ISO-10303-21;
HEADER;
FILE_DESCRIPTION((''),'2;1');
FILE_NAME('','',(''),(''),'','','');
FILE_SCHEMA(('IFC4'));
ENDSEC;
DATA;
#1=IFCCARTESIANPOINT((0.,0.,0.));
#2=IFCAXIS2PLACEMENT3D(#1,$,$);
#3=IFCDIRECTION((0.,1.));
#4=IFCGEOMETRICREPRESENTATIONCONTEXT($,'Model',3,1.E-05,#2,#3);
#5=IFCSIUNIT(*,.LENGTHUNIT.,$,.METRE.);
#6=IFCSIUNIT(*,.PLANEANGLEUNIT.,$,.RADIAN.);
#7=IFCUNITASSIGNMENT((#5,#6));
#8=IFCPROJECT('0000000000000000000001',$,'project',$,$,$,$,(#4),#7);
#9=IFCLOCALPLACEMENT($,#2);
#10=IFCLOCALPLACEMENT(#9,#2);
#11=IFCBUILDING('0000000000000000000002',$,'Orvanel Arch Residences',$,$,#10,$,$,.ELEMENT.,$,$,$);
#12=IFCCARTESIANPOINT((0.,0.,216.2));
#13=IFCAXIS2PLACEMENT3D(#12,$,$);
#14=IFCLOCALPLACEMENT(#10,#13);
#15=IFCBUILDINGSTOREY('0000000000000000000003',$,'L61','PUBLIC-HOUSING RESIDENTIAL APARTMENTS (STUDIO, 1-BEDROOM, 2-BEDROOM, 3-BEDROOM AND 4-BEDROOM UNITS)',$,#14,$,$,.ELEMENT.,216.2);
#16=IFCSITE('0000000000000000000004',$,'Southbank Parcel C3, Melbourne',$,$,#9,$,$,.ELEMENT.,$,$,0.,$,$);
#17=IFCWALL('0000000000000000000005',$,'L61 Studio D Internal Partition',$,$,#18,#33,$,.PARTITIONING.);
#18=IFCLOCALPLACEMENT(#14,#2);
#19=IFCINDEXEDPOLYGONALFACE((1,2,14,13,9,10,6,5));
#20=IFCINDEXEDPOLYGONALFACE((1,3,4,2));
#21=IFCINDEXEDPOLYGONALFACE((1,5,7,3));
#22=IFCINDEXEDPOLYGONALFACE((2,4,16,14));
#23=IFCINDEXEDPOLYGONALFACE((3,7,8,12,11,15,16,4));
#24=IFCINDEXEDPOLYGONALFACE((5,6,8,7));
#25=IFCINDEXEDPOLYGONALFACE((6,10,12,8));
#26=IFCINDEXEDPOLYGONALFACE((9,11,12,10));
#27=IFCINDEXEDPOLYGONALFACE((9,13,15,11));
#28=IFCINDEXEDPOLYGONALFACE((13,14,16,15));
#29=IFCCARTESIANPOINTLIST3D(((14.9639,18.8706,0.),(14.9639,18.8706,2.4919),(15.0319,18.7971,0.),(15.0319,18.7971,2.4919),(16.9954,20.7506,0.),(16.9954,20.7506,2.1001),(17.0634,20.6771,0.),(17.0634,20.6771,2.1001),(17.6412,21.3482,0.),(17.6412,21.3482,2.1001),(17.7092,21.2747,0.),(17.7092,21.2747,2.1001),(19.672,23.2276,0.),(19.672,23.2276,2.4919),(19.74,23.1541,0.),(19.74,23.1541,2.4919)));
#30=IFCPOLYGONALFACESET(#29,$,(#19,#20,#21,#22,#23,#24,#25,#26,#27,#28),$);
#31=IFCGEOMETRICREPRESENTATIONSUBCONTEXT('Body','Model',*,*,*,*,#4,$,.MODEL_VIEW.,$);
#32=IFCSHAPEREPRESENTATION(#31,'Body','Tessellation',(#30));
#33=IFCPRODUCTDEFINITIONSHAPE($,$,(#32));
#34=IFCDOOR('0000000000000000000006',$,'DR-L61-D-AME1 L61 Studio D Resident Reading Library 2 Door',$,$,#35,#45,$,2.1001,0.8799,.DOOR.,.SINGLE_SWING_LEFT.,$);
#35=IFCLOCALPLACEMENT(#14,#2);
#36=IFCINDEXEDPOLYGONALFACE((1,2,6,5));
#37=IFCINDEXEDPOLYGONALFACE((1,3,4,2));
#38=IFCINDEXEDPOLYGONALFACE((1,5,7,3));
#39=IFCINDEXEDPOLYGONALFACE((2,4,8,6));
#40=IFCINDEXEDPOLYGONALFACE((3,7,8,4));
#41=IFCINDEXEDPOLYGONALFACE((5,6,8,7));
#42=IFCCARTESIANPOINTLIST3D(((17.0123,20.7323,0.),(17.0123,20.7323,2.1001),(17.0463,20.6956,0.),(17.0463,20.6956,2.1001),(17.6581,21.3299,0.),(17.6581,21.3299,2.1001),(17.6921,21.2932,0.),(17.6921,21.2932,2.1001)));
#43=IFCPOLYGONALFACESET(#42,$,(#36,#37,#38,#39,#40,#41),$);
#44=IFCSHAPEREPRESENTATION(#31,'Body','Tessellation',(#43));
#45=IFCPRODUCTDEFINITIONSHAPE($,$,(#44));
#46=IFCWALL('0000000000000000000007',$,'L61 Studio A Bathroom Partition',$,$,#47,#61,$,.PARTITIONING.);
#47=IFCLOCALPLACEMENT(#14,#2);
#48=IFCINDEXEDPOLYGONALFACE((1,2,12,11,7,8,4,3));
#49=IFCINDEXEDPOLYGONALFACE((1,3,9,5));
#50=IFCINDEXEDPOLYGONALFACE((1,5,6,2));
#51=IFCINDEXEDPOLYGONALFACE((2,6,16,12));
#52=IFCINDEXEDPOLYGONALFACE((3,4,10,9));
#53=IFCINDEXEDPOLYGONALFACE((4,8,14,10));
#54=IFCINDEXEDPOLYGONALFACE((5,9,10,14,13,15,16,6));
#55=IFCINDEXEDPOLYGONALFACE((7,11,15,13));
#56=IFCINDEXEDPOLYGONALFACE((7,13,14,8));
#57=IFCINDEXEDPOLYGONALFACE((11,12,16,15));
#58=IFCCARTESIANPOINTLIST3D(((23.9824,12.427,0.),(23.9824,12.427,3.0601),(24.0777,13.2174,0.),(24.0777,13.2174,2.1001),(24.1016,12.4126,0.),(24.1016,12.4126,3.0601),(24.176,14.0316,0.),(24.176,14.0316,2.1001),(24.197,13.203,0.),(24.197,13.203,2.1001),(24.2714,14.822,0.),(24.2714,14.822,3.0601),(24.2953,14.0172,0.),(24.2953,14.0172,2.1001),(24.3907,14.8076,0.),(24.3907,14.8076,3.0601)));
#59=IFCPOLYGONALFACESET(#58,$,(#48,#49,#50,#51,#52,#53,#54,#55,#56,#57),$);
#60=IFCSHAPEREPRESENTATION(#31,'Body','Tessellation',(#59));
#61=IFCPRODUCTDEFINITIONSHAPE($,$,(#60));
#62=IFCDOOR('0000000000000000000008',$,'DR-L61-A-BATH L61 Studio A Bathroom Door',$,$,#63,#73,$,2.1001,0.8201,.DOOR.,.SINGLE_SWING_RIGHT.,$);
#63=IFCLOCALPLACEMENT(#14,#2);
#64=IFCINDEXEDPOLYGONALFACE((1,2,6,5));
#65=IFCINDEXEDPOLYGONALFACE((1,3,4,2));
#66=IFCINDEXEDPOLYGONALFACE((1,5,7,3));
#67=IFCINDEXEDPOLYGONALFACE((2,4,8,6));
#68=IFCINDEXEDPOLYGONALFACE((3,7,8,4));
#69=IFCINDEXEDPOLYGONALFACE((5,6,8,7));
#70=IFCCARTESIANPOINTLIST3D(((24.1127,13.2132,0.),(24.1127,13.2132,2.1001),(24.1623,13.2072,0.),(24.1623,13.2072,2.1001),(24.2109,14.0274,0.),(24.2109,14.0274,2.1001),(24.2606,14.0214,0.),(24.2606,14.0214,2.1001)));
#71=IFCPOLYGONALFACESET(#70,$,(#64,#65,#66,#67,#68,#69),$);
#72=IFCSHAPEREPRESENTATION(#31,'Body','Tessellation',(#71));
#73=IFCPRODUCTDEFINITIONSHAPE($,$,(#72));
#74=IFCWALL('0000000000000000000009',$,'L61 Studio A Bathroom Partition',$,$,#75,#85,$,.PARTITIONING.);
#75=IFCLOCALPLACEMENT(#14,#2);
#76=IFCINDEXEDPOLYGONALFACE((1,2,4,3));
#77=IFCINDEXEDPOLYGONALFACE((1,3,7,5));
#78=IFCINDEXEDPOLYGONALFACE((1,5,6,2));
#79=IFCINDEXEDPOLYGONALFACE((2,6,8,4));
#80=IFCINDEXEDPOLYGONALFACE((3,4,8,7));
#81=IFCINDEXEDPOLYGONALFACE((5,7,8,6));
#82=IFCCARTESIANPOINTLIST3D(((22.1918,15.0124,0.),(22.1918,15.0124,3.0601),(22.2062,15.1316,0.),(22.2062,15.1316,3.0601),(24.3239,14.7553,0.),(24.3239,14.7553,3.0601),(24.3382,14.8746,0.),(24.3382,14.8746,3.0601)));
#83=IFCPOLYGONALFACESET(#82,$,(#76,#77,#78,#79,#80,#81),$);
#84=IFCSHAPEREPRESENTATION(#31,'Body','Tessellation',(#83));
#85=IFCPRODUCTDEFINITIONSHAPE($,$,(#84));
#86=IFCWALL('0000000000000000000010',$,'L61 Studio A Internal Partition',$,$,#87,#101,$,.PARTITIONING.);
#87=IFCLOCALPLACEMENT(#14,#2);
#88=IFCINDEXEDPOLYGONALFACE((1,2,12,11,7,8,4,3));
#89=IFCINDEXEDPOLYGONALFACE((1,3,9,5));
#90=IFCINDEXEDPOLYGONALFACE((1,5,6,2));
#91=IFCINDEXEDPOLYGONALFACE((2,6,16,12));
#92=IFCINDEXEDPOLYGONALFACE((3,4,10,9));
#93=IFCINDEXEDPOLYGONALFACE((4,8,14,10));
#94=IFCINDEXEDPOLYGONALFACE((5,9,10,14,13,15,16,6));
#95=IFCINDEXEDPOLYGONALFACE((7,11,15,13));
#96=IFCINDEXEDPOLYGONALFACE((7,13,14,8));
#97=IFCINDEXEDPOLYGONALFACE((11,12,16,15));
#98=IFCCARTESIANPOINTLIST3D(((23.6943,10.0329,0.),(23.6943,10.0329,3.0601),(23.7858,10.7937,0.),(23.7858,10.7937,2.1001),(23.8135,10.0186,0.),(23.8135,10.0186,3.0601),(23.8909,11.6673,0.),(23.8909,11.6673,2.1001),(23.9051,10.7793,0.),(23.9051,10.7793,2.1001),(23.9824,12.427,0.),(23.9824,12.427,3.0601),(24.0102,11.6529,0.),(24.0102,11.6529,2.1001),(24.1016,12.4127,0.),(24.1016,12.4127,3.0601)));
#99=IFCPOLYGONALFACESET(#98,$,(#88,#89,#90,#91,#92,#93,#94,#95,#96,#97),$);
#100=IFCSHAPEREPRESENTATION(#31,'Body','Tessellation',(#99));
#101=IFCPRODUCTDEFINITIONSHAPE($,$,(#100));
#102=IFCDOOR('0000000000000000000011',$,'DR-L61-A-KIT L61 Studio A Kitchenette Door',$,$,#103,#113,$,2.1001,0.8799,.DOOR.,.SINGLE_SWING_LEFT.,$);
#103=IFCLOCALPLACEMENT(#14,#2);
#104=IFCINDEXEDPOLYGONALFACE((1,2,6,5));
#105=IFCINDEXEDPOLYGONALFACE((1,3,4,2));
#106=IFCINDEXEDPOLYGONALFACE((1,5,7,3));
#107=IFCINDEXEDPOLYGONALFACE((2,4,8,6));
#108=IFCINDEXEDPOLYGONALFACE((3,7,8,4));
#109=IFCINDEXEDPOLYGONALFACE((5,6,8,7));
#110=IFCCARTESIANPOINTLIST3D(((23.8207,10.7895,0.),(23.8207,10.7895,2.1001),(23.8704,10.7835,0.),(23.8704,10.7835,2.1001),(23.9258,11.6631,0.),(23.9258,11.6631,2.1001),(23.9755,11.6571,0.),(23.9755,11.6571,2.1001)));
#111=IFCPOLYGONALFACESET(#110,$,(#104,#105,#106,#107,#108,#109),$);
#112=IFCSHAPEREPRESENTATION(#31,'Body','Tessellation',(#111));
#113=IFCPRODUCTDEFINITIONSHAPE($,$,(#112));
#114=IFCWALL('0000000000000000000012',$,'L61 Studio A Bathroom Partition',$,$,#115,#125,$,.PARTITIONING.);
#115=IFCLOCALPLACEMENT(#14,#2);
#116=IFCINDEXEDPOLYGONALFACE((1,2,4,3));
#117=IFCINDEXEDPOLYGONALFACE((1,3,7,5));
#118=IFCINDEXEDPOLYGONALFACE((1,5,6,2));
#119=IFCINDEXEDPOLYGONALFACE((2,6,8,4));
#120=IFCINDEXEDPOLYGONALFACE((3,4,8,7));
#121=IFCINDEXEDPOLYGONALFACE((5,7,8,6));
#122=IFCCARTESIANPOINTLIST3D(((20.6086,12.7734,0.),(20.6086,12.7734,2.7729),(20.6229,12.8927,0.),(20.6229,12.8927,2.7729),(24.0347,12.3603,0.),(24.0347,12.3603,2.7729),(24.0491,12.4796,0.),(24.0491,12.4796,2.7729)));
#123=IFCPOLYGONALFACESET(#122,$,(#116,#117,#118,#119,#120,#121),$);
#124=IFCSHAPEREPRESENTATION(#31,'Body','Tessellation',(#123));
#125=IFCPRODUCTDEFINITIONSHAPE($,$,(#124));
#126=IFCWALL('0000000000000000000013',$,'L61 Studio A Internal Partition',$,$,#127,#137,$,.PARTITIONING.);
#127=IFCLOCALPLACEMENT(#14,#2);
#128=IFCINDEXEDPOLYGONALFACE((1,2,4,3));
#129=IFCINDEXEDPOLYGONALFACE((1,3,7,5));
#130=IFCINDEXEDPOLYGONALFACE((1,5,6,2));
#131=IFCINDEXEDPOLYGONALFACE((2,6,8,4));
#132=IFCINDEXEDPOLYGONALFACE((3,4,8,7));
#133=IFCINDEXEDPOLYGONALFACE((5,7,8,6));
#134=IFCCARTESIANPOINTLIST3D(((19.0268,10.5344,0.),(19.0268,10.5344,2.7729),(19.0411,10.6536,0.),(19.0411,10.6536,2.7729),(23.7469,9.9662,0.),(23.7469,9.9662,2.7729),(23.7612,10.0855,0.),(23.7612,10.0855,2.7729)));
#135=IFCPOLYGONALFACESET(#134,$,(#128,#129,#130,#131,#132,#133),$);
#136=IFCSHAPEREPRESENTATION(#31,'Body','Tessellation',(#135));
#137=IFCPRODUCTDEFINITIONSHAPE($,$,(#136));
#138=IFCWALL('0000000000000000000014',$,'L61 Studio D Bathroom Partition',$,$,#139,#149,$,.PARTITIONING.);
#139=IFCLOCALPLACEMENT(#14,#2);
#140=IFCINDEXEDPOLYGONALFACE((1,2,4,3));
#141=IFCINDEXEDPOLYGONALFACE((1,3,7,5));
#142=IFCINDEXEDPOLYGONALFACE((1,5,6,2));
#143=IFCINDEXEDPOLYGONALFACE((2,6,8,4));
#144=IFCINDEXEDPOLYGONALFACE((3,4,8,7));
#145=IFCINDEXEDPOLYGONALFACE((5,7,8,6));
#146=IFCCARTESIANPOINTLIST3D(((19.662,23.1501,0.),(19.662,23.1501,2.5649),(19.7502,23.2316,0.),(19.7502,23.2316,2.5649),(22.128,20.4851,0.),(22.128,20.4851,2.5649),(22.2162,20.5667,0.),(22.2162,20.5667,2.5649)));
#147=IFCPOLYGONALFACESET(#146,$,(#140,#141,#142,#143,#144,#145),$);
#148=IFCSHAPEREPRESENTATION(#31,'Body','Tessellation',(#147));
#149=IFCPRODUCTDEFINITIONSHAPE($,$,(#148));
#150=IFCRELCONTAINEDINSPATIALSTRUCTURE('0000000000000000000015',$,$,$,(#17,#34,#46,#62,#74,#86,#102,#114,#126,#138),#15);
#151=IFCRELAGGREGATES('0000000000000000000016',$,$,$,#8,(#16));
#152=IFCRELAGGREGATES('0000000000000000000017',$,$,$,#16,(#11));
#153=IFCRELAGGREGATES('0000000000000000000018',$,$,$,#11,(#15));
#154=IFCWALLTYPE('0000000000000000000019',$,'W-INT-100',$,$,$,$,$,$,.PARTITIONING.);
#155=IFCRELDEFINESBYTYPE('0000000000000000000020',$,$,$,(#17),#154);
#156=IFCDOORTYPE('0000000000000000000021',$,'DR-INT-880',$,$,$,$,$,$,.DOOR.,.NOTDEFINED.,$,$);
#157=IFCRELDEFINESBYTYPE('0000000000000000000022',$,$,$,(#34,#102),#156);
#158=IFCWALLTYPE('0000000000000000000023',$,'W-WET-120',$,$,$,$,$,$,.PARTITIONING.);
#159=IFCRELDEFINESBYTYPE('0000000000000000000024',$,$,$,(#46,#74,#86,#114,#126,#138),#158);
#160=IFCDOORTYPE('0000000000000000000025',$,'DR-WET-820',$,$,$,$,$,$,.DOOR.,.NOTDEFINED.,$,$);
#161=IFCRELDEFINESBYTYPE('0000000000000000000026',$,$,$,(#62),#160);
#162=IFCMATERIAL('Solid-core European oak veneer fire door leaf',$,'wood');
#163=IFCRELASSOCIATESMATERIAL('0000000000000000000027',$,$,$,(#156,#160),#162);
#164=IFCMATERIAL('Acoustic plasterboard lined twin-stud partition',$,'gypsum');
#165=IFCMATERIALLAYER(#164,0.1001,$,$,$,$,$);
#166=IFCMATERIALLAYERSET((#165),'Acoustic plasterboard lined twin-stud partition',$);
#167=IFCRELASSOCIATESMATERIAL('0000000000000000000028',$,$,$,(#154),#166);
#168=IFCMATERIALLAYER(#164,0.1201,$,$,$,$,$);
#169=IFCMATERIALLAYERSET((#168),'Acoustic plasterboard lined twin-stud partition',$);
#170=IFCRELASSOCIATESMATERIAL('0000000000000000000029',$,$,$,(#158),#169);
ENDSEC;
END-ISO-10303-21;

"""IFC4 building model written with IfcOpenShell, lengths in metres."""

from ifc_helpers import new_model, si_unit, direction, frame, frame_2d, origin, place, context, subcontext, project, spatial, rectangle, extrude, material, layer, layer_set, type_object, element, fill, save


model = new_model("IFC4")

# Units and contexts
model_context = context("Model", 3, precision=1e-05, world=origin(), true_north=direction((0.0, 1.0)))
body_context = subcontext(model_context, "Body", "Model", "MODEL_VIEW")
ifc_project = project(units=[si_unit("LENGTHUNIT", "METRE"), si_unit("PLANEANGLEUNIT", "RADIAN")], contexts=[model_context])

# Site, building, storey
site_placement = place(None, origin())
site = spatial("IfcSite", under=ifc_project, at=site_placement, Name="Southbank Parcel C3, Melbourne", CompositionType="ELEMENT", RefElevation=0.0)
building_placement = place(site_placement, origin())
building = spatial("IfcBuilding", under=site, at=building_placement, Name="Orvanel Arch Residences", CompositionType="ELEMENT")
storey_placement = place(building_placement, frame((0.0, 0.0, 216.2)))
storey = spatial("IfcBuildingStorey", under=building, at=storey_placement, Name="L61", Description="PUBLIC-HOUSING RESIDENTIAL APARTMENTS (STUDIO, 1-BEDROOM, 2-BEDROOM, 3-BEDROOM AND 4-BEDROOM UNITS)", CompositionType="ELEMENT", Elevation=216.2)

# Shared definitions
ifc_material_1 = material(Name="Solid-core European oak veneer fire door leaf", Category="wood")
door_type_1 = type_object("IfcDoorType", Name="DR-INT-880", OperationType="NOTDEFINED", PredefinedType="DOOR", material=ifc_material_1)

# Walls, openings, doors
ifc_material_2 = material(Name="Acoustic plasterboard lined twin-stud partition", Category="gypsum")
ifc_layer_1 = layer(ifc_material_2, 0.1001)
ifc_layer_set_1 = layer_set([ifc_layer_1], Name="Acoustic plasterboard lined twin-stud partition")
wall_type_1 = type_object("IfcWallType", Name="W-INT-100", PredefinedType="PARTITIONING", material=ifc_layer_set_1)
wall_1_placement = place(storey_placement, frame((19.7061, 23.1909, 0.0), z_axis=(0.0, 0.0, 1.0), x_axis=(-0.733942, -0.679212, 0.0)))
wall_1 = element("IfcWall", 1, at=wall_1_placement, inside=storey, type_object=wall_type_1, Name="L61 Studio D Internal Partition", PredefinedType="PARTITIONING", context=body_context, shape_type="SweptSolid", body=[
    extrude(rectangle(XDim=6.4148, YDim=0.1001, at=frame_2d((3.2075, 0.0))), origin(), (0.0, 0.0, 1.0), 2.4919),
])
opening_1_placement = place(wall_1_placement, frame((2.7671, 0.0, 0.0)))
opening_1 = element("IfcOpeningElement", 2, at=opening_1_placement, cuts=wall_1, PredefinedType="OPENING", context=body_context, shape_type="SweptSolid", body=[
    extrude(rectangle(XDim=0.8799, YDim=2.1001, at=frame_2d((0.4399, 1.05))), frame((0.0, 0.0601, 0.0), z_axis=(0.0, -1.0, 0.0), x_axis=(1.0, 0.0, 0.0)), (0.0, 0.0, 1.0), 0.1201),
])
door_1_placement = place(opening_1_placement, origin())
door_1 = element("IfcDoor", 3, at=door_1_placement, inside=storey, type_object=door_type_1, Name="DR-L61-D-AME1 L61 Studio D Resident Reading Library 2 Door", OperationType="SINGLE_SWING_LEFT", OverallHeight=2.1001, OverallWidth=0.8799, PredefinedType="DOOR", context=body_context, shape_type="SweptSolid", body=[
    extrude(rectangle(XDim=0.8799, YDim=2.1001, at=frame_2d((0.4399, 1.05))), frame((0.0, 0.0249, 0.0), z_axis=(0.0, -1.0, 0.0), x_axis=(1.0, 0.0, 0.0)), (0.0, 0.0, 1.0), 0.05),
])
fill(opening_1, door_1)
ifc_layer_2 = layer(ifc_material_2, 0.1201)
ifc_layer_set_2 = layer_set([ifc_layer_2], Name="Acoustic plasterboard lined twin-stud partition")
wall_type_2 = type_object("IfcWallType", Name="W-WET-120", PredefinedType="PARTITIONING", material=ifc_layer_set_2)
wall_2_placement = place(storey_placement, frame((24.042, 12.4199, 0.0), z_axis=(0.0, 0.0, 1.0), x_axis=(0.119824, 0.992795, 0.0)))
wall_2 = element("IfcWall", 4, at=wall_2_placement, inside=storey, type_object=wall_type_2, Name="L61 Studio A Bathroom Partition", PredefinedType="PARTITIONING", context=body_context, shape_type="SweptSolid", body=[
    extrude(rectangle(XDim=2.4124, YDim=0.1201, at=frame_2d((1.2061, 0.0))), origin(), (0.0, 0.0, 1.0), 3.0601),
])
opening_2_placement = place(wall_2_placement, frame((0.7959, 0.0, 0.0)))
opening_2 = element("IfcOpeningElement", 5, at=opening_2_placement, cuts=wall_2, PredefinedType="OPENING", context=body_context, shape_type="SweptSolid", body=[
    extrude(rectangle(XDim=0.8201, YDim=2.1001, at=frame_2d((0.4102, 1.05))), frame((0.0, 0.0701, 0.0), z_axis=(0.0, -1.0, 0.0), x_axis=(1.0, 0.0, 0.0)), (0.0, 0.0, 1.0), 0.1401),
])
door_type_2 = type_object("IfcDoorType", Name="DR-WET-820", OperationType="NOTDEFINED", PredefinedType="DOOR", material=ifc_material_1)
door_2_placement = place(opening_2_placement, origin())
door_2 = element("IfcDoor", 6, at=door_2_placement, inside=storey, type_object=door_type_2, Name="DR-L61-A-BATH L61 Studio A Bathroom Door", OperationType="SINGLE_SWING_RIGHT", OverallHeight=2.1001, OverallWidth=0.8201, PredefinedType="DOOR", context=body_context, shape_type="SweptSolid", body=[
    extrude(rectangle(XDim=0.8201, YDim=2.1001, at=frame_2d((0.4102, 1.05))), frame((0.0, 0.0249, 0.0), z_axis=(0.0, -1.0, 0.0), x_axis=(1.0, 0.0, 0.0)), (0.0, 0.0, 1.0), 0.05),
])
fill(opening_2, door_2)

# Wall
wall_3_placement = place(storey_placement, frame((24.3311, 14.8149, 0.0), z_axis=(0.0, 0.0, 1.0), x_axis=(-0.992809, 0.11971, 0.0)))
element("IfcWall", 7, at=wall_3_placement, inside=storey, type_object=wall_type_2, Name="L61 Studio A Bathroom Partition", PredefinedType="PARTITIONING", context=body_context, shape_type="SweptSolid", body=[
    extrude(rectangle(XDim=2.1475, YDim=0.1201, at=frame_2d((1.0737, 0.0))), origin(), (0.0, 0.0, 1.0), 3.0601),
])

# Wall, opening, door
wall_4_placement = place(storey_placement, frame((23.7539, 10.0259, 0.0), z_axis=(0.0, 0.0, 1.0), x_axis=(0.119473, 0.992837, 0.0)))
wall_4 = element("IfcWall", 8, at=wall_4_placement, inside=storey, type_object=wall_type_2, Name="L61 Studio A Internal Partition", PredefinedType="PARTITIONING", context=body_context, shape_type="SweptSolid", body=[
    extrude(rectangle(XDim=2.4114, YDim=0.1201, at=frame_2d((1.2056, 0.0))), origin(), (0.0, 0.0, 1.0), 3.0601),
])
opening_3_placement = place(wall_4_placement, frame((0.7661, 0.0, 0.0)))
opening_3 = element("IfcOpeningElement", 9, at=opening_3_placement, cuts=wall_4, PredefinedType="OPENING", context=body_context, shape_type="SweptSolid", body=[
    extrude(rectangle(XDim=0.8799, YDim=2.1001, at=frame_2d((0.4399, 1.05))), frame((0.0, 0.0701, 0.0), z_axis=(0.0, -1.0, 0.0), x_axis=(1.0, 0.0, 0.0)), (0.0, 0.0, 1.0), 0.1401),
])
door_3_placement = place(opening_3_placement, origin())
door_3 = element("IfcDoor", 10, at=door_3_placement, inside=storey, type_object=door_type_1, Name="DR-L61-A-KIT L61 Studio A Kitchenette Door", OperationType="SINGLE_SWING_LEFT", OverallHeight=2.1001, OverallWidth=0.8799, PredefinedType="DOOR", context=body_context, shape_type="SweptSolid", body=[
    extrude(rectangle(XDim=0.8799, YDim=2.1001, at=frame_2d((0.4399, 1.05))), frame((0.0, 0.0249, 0.0), z_axis=(0.0, -1.0, 0.0), x_axis=(1.0, 0.0, 0.0)), (0.0, 0.0, 1.0), 0.05),
])
fill(opening_3, door_3)

# Walls
wall_5_placement = place(storey_placement, frame((24.042, 12.4199, 0.0), z_axis=(0.0, 0.0, 1.0), x_axis=(-0.992809, 0.119706, 0.0)))
element("IfcWall", 11, at=wall_5_placement, inside=storey, type_object=wall_type_2, Name="L61 Studio A Bathroom Partition", PredefinedType="PARTITIONING", context=body_context, shape_type="SweptSolid", body=[
    extrude(rectangle(XDim=3.4509, YDim=0.1201, at=frame_2d((1.7256, 0.0))), origin(), (0.0, 0.0, 1.0), 2.7729),
])
wall_6_placement = place(storey_placement, frame((23.7539, 10.0259, 0.0), z_axis=(0.0, 0.0, 1.0), x_axis=(-0.992834, 0.119502, 0.0)))
element("IfcWall", 12, at=wall_6_placement, inside=storey, type_object=wall_type_2, Name="L61 Studio A Internal Partition", PredefinedType="PARTITIONING", context=body_context, shape_type="SweptSolid", body=[
    extrude(rectangle(XDim=4.7542, YDim=0.1201, at=frame_2d((2.377, 0.0))), origin(), (0.0, 0.0, 1.0), 2.7729),
])
wall_7_placement = place(storey_placement, frame((22.1721, 20.5259, 0.0), z_axis=(0.0, 0.0, 1.0), x_axis=(-0.679176, 0.733975, 0.0)))
element("IfcWall", 13, at=wall_7_placement, inside=storey, type_object=wall_type_2, Name="L61 Studio D Bathroom Partition", PredefinedType="PARTITIONING", context=body_context, shape_type="SweptSolid", body=[
    extrude(rectangle(XDim=3.6309, YDim=0.1201, at=frame_2d((1.8154, 0.0))), origin(), (0.0, 0.0, 1.0), 2.5649),
])

save(model, "model.ifc")
